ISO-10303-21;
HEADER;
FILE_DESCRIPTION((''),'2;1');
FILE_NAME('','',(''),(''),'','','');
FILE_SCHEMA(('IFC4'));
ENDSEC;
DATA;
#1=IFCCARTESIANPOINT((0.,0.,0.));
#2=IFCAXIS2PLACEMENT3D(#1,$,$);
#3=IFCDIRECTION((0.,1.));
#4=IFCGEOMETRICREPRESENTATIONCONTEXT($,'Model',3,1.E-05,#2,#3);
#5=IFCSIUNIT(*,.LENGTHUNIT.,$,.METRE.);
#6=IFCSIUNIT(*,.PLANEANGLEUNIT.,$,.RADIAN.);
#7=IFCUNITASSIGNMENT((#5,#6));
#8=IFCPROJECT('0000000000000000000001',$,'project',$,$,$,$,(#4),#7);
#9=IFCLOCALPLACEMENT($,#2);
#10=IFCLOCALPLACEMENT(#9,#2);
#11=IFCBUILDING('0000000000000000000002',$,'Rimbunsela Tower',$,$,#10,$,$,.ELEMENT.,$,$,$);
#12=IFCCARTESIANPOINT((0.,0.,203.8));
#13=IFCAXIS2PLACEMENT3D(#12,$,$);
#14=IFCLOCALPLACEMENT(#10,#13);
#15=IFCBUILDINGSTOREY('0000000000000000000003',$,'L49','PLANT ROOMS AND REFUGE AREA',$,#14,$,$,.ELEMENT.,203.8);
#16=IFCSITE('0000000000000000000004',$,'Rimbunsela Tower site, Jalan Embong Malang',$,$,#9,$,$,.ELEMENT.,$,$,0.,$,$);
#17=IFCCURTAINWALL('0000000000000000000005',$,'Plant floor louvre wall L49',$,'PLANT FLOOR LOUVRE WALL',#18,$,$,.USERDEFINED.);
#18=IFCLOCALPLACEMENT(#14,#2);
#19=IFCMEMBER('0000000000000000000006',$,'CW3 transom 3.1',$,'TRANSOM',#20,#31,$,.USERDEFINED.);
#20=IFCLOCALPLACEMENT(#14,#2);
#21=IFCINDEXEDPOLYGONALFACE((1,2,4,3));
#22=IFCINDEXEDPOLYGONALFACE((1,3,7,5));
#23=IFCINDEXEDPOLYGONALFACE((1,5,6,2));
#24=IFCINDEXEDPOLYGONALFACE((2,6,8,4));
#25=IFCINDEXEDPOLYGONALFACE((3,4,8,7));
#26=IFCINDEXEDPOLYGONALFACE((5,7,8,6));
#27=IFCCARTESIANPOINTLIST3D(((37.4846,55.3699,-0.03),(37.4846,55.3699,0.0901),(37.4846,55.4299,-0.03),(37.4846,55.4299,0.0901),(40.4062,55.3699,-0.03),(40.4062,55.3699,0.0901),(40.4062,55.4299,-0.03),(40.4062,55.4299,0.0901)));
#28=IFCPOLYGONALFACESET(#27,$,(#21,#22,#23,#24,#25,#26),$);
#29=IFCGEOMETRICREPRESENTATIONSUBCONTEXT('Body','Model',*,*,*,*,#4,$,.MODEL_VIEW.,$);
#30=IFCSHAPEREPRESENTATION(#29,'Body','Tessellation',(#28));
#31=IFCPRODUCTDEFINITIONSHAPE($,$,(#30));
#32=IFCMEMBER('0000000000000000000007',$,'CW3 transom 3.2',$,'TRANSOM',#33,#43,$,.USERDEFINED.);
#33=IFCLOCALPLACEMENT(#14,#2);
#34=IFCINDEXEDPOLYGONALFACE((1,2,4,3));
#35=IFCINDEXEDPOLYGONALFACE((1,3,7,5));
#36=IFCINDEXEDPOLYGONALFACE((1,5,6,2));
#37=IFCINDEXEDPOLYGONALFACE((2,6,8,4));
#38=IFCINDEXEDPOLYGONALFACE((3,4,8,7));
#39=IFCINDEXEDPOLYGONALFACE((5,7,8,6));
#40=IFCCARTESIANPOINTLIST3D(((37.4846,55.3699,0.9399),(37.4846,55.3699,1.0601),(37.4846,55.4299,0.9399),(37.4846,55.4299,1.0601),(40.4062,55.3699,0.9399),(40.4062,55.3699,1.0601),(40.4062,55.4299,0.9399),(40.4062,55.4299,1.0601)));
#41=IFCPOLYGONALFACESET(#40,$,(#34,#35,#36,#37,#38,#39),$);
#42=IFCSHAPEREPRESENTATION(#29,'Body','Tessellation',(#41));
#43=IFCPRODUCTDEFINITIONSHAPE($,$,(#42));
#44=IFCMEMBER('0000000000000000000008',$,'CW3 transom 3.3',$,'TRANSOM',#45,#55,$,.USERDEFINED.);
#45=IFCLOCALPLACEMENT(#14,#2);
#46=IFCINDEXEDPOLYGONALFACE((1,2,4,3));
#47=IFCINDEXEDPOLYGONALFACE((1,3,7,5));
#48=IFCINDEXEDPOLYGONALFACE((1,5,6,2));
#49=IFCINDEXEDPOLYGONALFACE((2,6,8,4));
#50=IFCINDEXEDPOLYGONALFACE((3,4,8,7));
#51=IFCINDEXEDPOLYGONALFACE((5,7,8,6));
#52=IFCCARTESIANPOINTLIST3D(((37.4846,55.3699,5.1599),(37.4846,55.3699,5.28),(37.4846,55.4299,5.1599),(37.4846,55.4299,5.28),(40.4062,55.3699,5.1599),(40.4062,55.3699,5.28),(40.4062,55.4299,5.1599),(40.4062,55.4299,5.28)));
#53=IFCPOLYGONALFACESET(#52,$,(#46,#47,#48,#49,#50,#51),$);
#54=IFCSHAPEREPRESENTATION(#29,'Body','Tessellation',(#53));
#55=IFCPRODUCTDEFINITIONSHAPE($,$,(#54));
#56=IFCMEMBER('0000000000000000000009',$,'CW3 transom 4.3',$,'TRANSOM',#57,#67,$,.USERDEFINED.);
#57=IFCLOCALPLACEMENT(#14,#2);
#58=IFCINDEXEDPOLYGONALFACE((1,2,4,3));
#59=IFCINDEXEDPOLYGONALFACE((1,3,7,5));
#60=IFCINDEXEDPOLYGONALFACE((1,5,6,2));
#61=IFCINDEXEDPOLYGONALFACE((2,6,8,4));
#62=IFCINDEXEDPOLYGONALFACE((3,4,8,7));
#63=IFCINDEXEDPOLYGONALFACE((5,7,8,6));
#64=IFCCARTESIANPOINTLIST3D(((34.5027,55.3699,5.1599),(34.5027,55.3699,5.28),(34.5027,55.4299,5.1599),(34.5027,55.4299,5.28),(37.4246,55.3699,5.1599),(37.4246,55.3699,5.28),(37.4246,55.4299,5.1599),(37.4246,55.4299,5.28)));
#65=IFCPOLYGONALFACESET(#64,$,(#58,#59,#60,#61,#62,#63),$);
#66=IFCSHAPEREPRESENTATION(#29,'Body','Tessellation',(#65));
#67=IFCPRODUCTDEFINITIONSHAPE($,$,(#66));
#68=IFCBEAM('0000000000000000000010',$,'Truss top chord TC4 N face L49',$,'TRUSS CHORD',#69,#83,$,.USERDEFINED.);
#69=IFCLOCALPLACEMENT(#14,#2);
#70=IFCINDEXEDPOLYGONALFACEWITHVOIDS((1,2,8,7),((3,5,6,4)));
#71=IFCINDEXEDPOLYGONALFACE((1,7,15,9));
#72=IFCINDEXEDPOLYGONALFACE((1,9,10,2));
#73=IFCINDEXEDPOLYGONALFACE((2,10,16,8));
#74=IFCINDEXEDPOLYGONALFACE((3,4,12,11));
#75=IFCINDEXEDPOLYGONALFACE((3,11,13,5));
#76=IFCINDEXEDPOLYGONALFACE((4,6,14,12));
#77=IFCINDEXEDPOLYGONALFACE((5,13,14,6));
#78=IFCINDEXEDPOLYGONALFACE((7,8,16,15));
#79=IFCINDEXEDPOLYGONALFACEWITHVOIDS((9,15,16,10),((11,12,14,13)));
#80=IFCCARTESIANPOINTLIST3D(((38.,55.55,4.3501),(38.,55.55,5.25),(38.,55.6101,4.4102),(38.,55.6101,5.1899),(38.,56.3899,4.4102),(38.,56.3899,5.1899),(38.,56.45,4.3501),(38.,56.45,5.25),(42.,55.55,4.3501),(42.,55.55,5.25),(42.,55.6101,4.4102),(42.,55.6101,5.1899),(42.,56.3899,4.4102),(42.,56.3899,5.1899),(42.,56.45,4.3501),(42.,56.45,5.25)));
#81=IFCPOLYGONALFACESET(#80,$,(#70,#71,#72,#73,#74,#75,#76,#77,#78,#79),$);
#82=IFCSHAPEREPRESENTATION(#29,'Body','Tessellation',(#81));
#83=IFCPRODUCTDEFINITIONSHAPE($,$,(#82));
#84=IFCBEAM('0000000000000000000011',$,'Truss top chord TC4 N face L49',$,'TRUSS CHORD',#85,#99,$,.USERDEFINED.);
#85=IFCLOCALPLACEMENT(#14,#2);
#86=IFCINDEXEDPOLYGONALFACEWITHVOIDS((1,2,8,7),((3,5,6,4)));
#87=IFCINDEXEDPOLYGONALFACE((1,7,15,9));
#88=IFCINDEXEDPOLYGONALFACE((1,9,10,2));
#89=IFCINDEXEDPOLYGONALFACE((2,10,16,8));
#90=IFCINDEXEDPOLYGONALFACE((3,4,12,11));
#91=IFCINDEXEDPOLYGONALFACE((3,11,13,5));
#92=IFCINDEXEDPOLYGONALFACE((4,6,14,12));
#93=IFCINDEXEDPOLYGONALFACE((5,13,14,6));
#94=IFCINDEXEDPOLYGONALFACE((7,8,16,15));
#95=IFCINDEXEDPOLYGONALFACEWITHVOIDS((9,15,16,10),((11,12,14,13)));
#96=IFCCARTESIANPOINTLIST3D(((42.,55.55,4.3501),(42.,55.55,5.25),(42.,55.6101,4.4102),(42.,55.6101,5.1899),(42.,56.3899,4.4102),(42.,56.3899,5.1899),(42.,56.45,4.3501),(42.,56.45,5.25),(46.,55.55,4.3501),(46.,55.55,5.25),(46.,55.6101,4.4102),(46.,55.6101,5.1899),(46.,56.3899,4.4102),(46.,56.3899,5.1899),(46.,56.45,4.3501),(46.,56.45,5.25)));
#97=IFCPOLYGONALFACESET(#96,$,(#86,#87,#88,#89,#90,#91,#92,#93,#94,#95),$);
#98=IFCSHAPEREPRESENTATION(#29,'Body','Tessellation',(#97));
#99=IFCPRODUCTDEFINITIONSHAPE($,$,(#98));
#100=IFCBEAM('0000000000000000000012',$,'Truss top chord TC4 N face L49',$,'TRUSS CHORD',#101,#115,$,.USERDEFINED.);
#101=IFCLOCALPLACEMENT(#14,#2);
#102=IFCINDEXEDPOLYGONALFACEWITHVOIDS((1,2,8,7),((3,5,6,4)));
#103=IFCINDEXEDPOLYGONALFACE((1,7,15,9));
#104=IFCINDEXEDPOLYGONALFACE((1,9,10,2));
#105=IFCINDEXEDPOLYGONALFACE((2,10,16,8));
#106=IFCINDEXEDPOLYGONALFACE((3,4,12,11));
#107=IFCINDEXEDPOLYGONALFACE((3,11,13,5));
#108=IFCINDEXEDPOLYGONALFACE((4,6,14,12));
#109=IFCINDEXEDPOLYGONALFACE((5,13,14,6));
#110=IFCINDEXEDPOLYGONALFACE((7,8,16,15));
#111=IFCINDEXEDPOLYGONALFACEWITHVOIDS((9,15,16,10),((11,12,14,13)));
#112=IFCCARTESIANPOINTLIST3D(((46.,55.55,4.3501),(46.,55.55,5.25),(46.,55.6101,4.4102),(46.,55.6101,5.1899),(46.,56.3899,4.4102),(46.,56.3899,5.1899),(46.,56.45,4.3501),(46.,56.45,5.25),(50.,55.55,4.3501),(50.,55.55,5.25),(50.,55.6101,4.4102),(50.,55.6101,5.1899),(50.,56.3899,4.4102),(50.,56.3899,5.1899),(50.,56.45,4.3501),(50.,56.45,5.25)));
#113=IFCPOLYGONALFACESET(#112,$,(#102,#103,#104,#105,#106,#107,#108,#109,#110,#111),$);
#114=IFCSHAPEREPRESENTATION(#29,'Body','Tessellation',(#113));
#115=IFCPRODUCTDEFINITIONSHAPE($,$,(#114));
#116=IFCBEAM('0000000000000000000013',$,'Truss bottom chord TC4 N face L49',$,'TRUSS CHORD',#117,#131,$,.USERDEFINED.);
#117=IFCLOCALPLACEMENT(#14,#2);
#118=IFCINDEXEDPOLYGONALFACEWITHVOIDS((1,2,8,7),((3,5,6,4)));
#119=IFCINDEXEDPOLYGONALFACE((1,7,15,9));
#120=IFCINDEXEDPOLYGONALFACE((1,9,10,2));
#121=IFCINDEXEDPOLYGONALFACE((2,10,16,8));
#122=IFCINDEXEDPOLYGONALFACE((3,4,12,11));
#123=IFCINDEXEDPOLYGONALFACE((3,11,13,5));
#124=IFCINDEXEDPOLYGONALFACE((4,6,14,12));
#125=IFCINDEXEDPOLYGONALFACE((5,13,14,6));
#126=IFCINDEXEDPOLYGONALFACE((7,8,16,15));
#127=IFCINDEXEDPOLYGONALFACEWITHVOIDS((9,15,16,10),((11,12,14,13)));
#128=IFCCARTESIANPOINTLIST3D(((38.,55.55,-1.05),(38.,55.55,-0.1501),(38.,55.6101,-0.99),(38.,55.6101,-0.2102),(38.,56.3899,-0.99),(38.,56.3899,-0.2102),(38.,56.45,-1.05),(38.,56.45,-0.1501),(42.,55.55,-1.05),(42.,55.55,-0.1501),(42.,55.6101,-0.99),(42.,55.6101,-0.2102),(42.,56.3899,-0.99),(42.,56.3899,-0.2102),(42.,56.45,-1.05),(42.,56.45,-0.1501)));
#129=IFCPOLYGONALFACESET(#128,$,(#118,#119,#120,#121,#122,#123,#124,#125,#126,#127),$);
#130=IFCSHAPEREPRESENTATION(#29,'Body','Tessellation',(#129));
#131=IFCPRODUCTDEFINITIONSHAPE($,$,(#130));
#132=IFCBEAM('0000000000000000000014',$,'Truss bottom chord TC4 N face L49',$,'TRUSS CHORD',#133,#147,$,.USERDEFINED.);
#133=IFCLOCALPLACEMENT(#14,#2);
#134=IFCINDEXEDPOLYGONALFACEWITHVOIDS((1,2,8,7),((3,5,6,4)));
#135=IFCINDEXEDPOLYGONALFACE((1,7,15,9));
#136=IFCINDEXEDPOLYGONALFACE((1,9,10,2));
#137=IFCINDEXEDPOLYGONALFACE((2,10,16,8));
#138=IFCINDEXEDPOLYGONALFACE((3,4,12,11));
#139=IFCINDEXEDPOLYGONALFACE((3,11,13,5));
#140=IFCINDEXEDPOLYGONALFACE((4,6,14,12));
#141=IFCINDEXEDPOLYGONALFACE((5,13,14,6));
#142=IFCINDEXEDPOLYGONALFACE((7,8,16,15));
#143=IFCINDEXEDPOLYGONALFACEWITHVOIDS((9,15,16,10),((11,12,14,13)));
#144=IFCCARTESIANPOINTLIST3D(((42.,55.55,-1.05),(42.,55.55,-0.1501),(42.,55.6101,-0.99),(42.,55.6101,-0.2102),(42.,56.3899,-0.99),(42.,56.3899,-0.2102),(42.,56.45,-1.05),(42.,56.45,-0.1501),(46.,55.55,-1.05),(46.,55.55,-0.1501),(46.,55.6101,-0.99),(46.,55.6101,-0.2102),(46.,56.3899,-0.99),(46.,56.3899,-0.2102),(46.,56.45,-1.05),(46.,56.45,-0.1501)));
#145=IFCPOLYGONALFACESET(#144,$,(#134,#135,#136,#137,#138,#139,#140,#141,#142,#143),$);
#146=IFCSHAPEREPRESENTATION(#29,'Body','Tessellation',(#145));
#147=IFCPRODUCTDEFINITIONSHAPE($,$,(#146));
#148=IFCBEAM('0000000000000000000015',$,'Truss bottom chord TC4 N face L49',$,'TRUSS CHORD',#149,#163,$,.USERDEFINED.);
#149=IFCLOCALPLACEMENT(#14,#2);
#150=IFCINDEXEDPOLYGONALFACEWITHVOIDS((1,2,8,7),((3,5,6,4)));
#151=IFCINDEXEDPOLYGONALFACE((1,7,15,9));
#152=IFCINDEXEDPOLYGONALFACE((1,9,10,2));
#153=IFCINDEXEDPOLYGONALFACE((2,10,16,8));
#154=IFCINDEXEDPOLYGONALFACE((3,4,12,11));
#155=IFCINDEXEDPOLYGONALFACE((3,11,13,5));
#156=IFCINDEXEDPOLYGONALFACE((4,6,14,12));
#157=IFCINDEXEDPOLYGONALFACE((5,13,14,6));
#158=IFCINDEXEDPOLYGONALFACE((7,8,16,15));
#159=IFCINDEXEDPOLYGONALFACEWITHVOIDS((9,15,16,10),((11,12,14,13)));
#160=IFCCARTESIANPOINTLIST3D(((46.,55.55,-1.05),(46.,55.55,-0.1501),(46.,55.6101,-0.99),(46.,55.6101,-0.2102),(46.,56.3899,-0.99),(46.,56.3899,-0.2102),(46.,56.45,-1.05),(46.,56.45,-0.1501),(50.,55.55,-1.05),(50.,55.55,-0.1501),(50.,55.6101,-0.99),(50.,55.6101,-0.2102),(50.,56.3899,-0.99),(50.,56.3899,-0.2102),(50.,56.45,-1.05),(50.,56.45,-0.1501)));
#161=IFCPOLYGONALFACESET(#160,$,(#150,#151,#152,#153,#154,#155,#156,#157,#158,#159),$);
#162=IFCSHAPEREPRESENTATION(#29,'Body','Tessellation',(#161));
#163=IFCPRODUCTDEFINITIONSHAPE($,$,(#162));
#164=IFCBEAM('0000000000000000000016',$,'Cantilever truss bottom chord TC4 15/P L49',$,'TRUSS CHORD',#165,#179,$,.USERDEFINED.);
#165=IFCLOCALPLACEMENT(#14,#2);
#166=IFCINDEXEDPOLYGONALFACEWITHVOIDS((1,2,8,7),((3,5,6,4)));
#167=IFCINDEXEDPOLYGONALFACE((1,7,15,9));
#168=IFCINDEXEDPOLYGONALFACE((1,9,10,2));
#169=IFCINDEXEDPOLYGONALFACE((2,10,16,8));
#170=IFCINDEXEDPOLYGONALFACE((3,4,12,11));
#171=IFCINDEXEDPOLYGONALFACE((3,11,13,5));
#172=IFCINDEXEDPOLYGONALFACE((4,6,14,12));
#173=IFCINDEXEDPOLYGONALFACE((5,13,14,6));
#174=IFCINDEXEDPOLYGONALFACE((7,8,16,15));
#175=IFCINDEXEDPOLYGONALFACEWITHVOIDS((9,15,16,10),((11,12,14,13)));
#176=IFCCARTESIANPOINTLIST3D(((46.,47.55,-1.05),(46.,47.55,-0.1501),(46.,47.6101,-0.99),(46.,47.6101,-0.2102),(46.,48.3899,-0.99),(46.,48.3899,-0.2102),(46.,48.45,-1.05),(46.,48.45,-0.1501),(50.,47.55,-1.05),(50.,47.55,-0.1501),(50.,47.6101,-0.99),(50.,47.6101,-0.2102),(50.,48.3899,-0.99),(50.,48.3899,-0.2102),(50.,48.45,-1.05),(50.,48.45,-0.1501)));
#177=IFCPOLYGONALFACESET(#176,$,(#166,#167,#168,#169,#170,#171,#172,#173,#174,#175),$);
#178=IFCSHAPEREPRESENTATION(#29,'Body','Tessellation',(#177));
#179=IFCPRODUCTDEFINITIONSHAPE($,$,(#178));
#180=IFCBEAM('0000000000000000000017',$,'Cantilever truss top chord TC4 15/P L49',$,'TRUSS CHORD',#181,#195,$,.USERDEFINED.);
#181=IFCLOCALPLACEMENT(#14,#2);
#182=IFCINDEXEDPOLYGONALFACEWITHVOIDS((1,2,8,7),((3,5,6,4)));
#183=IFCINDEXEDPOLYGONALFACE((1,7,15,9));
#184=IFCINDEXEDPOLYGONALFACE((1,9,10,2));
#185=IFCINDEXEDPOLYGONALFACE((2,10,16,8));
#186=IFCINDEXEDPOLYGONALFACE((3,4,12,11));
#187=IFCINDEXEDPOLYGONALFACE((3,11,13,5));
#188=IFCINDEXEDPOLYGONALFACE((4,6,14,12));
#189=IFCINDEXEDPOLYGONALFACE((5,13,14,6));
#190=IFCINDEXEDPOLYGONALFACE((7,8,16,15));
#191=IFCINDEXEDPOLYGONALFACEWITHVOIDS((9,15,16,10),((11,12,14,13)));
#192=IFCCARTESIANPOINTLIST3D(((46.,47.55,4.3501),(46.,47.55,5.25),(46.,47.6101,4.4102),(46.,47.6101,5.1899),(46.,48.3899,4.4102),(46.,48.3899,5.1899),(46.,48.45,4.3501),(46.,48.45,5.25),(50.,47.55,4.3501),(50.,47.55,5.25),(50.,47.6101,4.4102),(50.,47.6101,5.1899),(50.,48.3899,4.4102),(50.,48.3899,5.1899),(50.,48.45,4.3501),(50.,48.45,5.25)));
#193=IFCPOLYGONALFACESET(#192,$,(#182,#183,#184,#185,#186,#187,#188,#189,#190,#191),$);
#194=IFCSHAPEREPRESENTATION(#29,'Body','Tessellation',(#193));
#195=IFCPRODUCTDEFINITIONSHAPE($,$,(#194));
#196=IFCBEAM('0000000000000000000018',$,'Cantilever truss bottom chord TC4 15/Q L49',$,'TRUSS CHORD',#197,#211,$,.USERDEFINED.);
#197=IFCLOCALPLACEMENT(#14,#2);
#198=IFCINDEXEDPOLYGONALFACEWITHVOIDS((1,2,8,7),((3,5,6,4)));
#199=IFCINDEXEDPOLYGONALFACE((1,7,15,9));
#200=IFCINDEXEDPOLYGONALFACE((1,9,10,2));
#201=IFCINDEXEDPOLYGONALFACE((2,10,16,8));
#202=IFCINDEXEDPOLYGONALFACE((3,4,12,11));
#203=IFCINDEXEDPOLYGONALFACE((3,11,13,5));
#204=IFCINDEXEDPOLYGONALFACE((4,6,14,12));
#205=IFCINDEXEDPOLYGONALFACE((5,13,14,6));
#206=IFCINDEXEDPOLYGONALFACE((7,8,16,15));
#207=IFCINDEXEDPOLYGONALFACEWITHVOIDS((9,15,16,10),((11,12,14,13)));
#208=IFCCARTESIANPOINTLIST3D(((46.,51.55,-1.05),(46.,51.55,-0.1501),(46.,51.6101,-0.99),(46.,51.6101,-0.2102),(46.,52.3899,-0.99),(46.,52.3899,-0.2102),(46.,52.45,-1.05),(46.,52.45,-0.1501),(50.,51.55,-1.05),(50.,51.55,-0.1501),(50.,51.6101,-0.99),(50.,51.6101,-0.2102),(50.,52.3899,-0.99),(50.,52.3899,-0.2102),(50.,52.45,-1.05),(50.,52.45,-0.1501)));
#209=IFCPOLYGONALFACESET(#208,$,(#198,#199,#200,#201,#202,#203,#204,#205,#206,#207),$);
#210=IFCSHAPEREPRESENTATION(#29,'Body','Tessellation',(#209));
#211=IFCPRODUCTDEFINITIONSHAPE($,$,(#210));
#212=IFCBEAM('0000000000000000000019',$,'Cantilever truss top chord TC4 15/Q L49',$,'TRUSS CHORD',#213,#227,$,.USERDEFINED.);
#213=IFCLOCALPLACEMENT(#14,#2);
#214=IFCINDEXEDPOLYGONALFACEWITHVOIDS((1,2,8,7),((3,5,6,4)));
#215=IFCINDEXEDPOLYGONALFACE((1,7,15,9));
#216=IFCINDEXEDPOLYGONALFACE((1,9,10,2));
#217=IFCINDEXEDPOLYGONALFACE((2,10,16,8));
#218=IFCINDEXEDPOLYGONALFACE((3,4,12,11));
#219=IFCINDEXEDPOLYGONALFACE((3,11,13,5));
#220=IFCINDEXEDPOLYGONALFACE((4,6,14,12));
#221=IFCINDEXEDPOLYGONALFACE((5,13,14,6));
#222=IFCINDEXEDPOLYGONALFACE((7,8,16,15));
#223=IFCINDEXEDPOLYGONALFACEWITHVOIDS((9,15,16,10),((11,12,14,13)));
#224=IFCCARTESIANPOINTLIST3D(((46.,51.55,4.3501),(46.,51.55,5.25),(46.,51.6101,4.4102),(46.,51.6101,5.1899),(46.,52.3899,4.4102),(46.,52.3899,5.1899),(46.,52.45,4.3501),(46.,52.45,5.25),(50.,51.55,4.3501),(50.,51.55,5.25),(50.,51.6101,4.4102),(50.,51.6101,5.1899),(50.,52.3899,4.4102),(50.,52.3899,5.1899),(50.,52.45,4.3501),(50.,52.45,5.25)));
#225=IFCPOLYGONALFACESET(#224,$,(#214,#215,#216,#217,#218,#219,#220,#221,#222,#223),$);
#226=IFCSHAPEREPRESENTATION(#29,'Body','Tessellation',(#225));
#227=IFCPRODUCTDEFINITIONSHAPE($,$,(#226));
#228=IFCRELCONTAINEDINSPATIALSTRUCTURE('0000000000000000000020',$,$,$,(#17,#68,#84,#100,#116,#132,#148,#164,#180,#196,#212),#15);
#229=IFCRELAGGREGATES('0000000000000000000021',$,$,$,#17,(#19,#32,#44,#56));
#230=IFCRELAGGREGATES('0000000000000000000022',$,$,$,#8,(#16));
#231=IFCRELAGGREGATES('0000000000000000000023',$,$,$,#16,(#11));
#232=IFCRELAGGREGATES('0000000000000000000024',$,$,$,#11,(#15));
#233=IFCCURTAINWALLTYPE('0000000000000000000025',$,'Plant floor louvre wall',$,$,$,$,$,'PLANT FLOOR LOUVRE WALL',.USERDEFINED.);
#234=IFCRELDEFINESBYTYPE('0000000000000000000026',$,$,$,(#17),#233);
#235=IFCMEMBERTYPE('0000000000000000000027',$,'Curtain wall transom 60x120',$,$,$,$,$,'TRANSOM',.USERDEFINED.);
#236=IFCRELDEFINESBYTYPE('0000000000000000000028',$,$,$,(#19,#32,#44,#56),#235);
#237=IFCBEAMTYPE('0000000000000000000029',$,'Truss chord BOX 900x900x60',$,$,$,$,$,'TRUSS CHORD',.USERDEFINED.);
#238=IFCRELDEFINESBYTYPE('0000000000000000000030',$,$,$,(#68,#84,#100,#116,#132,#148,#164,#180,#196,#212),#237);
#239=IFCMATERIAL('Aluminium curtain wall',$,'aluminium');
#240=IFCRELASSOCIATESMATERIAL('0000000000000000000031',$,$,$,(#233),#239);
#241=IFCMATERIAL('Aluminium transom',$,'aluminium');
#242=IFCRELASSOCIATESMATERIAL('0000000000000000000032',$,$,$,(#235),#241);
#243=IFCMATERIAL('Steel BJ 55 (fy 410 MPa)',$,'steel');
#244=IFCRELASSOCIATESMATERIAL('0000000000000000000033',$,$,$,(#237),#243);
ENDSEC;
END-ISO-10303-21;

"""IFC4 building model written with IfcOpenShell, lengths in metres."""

from ifc_helpers import new_model, si_unit, direction, frame, origin, origin_2d, place, context, subcontext, project, spatial, rectangle, hollow_rectangle, extrude, material, material_profile, profile_set, type_object, element, aggregate, save


model = new_model("IFC4")

# Units and contexts
model_context = context("Model", 3, precision=1e-05, world=origin(), true_north=direction((0.0, 1.0)))
body_context = subcontext(model_context, "Body", "Model", "MODEL_VIEW")
ifc_project = project(units=[si_unit("LENGTHUNIT", "METRE"), si_unit("PLANEANGLEUNIT", "RADIAN")], contexts=[model_context])

# Site, building, storey
site_placement = place(None, origin())
site = spatial("IfcSite", under=ifc_project, at=site_placement, Name="Rimbunsela Tower site, Jalan Embong Malang", CompositionType="ELEMENT", RefElevation=0.0)
building_placement = place(site_placement, origin())
building = spatial("IfcBuilding", under=site, at=building_placement, Name="Rimbunsela Tower", CompositionType="ELEMENT")
storey_placement = place(building_placement, frame((0.0, 0.0, 203.8)))
storey = spatial("IfcBuildingStorey", under=building, at=storey_placement, Name="L49", Description="PLANT ROOMS AND REFUGE AREA", CompositionType="ELEMENT", Elevation=203.8)

# Curtain wall, members
ifc_material_1 = material(Name="Aluminium curtain wall", Category="aluminium")
curtain_wall_type = type_object("IfcCurtainWallType", Name="Plant floor louvre wall", ElementType="PLANT FLOOR LOUVRE WALL", PredefinedType="USERDEFINED", material=ifc_material_1)
curtain_wall_placement = place(storey_placement, origin())
curtain_wall = element("IfcCurtainWall", 1, at=curtain_wall_placement, inside=storey, type_object=curtain_wall_type, Name="Plant floor louvre wall L49", ObjectType="PLANT FLOOR LOUVRE WALL", PredefinedType="USERDEFINED")
ifc_material_2 = material(Name="Aluminium transom", Category="aluminium")
ifc_material_profile_1 = material_profile(ifc_material_2, rectangle(XDim=0.0601, YDim=0.1201, at=origin_2d()), Name="Transom 60x120")
ifc_profile_set_1 = profile_set([ifc_material_profile_1], Name="Aluminium transom")
member_type_1 = type_object("IfcMemberType", Name="Curtain wall transom 60x120", ElementType="TRANSOM", PredefinedType="USERDEFINED", material=ifc_profile_set_1)
member_1_placement = place(storey_placement, frame((40.4062, 55.3999, 0.03), z_axis=(-1.0, 0.0, 0.0), x_axis=(0.0, -1.0, 0.0)))
member_1 = element("IfcMember", 2, at=member_1_placement, type_object=member_type_1, Name="CW3 transom 3.1", ObjectType="TRANSOM", PredefinedType="USERDEFINED", context=body_context, shape_type="SweptSolid", body=[
    extrude(rectangle(XDim=0.0601, YDim=0.1201, at=origin_2d()), origin(), (0.0, 0.0, 1.0), 2.9216),
])
member_2_placement = place(storey_placement, frame((40.4062, 55.3999, 1.0), z_axis=(-1.0, 0.0, 0.0), x_axis=(0.0, -1.0, 0.0)))
member_2 = element("IfcMember", 3, at=member_2_placement, type_object=member_type_1, Name="CW3 transom 3.2", ObjectType="TRANSOM", PredefinedType="USERDEFINED", context=body_context, shape_type="SweptSolid", body=[
    extrude(rectangle(XDim=0.0601, YDim=0.1201, at=origin_2d()), origin(), (0.0, 0.0, 1.0), 2.9216),
])
member_3_placement = place(storey_placement, frame((40.4062, 55.3999, 5.22), z_axis=(-1.0, 0.0, 0.0), x_axis=(0.0, -1.0, 0.0)))
member_3 = element("IfcMember", 4, at=member_3_placement, type_object=member_type_1, Name="CW3 transom 3.3", ObjectType="TRANSOM", PredefinedType="USERDEFINED", context=body_context, shape_type="SweptSolid", body=[
    extrude(rectangle(XDim=0.0601, YDim=0.1201, at=origin_2d()), origin(), (0.0, 0.0, 1.0), 2.9216),
])
member_4_placement = place(storey_placement, frame((37.4246, 55.3999, 5.22), z_axis=(-1.0, 0.0, 0.0), x_axis=(0.0, -1.0, 0.0)))
member_4 = element("IfcMember", 5, at=member_4_placement, type_object=member_type_1, Name="CW3 transom 4.3", ObjectType="TRANSOM", PredefinedType="USERDEFINED", context=body_context, shape_type="SweptSolid", body=[
    extrude(rectangle(XDim=0.0601, YDim=0.1201, at=origin_2d()), origin(), (0.0, 0.0, 1.0), 2.9219),
])

# Beams
ifc_material_3 = material(Name="Steel BJ 55 (fy 410 MPa)", Category="steel")
ifc_material_profile_2 = material_profile(ifc_material_3, hollow_rectangle(XDim=0.8999, YDim=0.8999, WallThickness=0.0601, at=origin_2d()), Name="BOX 900x900x60")
ifc_profile_set_2 = profile_set([ifc_material_profile_2], Name="Steel BJ 55 (fy 410 MPa)")
beam_type_1 = type_object("IfcBeamType", Name="Truss chord BOX 900x900x60", ElementType="TRUSS CHORD", PredefinedType="USERDEFINED", material=ifc_profile_set_2)
for number, where, z_axis, x_axis, name in (
    (6, (38.0, 56.0, 4.8), (1.0, 0.0, 0.0), (0.0, 1.0, 0.0), "Truss top chord TC4 N face L49"),
    (7, (42.0, 56.0, 4.8), (1.0, 0.0, 0.0), (0.0, 1.0, 0.0), "Truss top chord TC4 N face L49"),
    (8, (46.0, 56.0, 4.8), (1.0, 0.0, 0.0), (0.0, 1.0, 0.0), "Truss top chord TC4 N face L49"),
    (9, (38.0, 56.0, -0.6001), (1.0, 0.0, 0.0), (0.0, 1.0, 0.0), "Truss bottom chord TC4 N face L49"),
    (10, (42.0, 56.0, -0.6001), (1.0, 0.0, 0.0), (0.0, 1.0, 0.0), "Truss bottom chord TC4 N face L49"),
    (11, (46.0, 56.0, -0.6001), (1.0, 0.0, 0.0), (0.0, 1.0, 0.0), "Truss bottom chord TC4 N face L49"),
    (12, (46.0, 48.0, -0.6001), (1.0, 0.0, 0.0), (0.0, 1.0, 0.0), "Cantilever truss bottom chord TC4 15/P L49"),
    (13, (46.0, 48.0, 4.8), (1.0, 0.0, 0.0), (0.0, 1.0, 0.0), "Cantilever truss top chord TC4 15/P L49"),
    (14, (46.0, 52.0, -0.6001), (1.0, 0.0, 0.0), (0.0, 1.0, 0.0), "Cantilever truss bottom chord TC4 15/Q L49"),
    (15, (46.0, 52.0, 4.8), (1.0, 0.0, 0.0), (0.0, 1.0, 0.0), "Cantilever truss top chord TC4 15/Q L49"),
):
    element("IfcBeam", number, at=place(storey_placement, frame(where, z_axis=z_axis, x_axis=x_axis)), inside=storey, type_object=beam_type_1, Name=name, ObjectType="TRUSS CHORD", PredefinedType="USERDEFINED", context=body_context, shape_type="SweptSolid", body=[
        extrude(hollow_rectangle(XDim=0.8999, YDim=0.8999, WallThickness=0.0601, at=origin_2d()), origin(), (0.0, 0.0, 1.0), 4.0),
    ])

aggregate(curtain_wall, [member_1, member_2, member_3, member_4])

save(model, "model.ifc")
